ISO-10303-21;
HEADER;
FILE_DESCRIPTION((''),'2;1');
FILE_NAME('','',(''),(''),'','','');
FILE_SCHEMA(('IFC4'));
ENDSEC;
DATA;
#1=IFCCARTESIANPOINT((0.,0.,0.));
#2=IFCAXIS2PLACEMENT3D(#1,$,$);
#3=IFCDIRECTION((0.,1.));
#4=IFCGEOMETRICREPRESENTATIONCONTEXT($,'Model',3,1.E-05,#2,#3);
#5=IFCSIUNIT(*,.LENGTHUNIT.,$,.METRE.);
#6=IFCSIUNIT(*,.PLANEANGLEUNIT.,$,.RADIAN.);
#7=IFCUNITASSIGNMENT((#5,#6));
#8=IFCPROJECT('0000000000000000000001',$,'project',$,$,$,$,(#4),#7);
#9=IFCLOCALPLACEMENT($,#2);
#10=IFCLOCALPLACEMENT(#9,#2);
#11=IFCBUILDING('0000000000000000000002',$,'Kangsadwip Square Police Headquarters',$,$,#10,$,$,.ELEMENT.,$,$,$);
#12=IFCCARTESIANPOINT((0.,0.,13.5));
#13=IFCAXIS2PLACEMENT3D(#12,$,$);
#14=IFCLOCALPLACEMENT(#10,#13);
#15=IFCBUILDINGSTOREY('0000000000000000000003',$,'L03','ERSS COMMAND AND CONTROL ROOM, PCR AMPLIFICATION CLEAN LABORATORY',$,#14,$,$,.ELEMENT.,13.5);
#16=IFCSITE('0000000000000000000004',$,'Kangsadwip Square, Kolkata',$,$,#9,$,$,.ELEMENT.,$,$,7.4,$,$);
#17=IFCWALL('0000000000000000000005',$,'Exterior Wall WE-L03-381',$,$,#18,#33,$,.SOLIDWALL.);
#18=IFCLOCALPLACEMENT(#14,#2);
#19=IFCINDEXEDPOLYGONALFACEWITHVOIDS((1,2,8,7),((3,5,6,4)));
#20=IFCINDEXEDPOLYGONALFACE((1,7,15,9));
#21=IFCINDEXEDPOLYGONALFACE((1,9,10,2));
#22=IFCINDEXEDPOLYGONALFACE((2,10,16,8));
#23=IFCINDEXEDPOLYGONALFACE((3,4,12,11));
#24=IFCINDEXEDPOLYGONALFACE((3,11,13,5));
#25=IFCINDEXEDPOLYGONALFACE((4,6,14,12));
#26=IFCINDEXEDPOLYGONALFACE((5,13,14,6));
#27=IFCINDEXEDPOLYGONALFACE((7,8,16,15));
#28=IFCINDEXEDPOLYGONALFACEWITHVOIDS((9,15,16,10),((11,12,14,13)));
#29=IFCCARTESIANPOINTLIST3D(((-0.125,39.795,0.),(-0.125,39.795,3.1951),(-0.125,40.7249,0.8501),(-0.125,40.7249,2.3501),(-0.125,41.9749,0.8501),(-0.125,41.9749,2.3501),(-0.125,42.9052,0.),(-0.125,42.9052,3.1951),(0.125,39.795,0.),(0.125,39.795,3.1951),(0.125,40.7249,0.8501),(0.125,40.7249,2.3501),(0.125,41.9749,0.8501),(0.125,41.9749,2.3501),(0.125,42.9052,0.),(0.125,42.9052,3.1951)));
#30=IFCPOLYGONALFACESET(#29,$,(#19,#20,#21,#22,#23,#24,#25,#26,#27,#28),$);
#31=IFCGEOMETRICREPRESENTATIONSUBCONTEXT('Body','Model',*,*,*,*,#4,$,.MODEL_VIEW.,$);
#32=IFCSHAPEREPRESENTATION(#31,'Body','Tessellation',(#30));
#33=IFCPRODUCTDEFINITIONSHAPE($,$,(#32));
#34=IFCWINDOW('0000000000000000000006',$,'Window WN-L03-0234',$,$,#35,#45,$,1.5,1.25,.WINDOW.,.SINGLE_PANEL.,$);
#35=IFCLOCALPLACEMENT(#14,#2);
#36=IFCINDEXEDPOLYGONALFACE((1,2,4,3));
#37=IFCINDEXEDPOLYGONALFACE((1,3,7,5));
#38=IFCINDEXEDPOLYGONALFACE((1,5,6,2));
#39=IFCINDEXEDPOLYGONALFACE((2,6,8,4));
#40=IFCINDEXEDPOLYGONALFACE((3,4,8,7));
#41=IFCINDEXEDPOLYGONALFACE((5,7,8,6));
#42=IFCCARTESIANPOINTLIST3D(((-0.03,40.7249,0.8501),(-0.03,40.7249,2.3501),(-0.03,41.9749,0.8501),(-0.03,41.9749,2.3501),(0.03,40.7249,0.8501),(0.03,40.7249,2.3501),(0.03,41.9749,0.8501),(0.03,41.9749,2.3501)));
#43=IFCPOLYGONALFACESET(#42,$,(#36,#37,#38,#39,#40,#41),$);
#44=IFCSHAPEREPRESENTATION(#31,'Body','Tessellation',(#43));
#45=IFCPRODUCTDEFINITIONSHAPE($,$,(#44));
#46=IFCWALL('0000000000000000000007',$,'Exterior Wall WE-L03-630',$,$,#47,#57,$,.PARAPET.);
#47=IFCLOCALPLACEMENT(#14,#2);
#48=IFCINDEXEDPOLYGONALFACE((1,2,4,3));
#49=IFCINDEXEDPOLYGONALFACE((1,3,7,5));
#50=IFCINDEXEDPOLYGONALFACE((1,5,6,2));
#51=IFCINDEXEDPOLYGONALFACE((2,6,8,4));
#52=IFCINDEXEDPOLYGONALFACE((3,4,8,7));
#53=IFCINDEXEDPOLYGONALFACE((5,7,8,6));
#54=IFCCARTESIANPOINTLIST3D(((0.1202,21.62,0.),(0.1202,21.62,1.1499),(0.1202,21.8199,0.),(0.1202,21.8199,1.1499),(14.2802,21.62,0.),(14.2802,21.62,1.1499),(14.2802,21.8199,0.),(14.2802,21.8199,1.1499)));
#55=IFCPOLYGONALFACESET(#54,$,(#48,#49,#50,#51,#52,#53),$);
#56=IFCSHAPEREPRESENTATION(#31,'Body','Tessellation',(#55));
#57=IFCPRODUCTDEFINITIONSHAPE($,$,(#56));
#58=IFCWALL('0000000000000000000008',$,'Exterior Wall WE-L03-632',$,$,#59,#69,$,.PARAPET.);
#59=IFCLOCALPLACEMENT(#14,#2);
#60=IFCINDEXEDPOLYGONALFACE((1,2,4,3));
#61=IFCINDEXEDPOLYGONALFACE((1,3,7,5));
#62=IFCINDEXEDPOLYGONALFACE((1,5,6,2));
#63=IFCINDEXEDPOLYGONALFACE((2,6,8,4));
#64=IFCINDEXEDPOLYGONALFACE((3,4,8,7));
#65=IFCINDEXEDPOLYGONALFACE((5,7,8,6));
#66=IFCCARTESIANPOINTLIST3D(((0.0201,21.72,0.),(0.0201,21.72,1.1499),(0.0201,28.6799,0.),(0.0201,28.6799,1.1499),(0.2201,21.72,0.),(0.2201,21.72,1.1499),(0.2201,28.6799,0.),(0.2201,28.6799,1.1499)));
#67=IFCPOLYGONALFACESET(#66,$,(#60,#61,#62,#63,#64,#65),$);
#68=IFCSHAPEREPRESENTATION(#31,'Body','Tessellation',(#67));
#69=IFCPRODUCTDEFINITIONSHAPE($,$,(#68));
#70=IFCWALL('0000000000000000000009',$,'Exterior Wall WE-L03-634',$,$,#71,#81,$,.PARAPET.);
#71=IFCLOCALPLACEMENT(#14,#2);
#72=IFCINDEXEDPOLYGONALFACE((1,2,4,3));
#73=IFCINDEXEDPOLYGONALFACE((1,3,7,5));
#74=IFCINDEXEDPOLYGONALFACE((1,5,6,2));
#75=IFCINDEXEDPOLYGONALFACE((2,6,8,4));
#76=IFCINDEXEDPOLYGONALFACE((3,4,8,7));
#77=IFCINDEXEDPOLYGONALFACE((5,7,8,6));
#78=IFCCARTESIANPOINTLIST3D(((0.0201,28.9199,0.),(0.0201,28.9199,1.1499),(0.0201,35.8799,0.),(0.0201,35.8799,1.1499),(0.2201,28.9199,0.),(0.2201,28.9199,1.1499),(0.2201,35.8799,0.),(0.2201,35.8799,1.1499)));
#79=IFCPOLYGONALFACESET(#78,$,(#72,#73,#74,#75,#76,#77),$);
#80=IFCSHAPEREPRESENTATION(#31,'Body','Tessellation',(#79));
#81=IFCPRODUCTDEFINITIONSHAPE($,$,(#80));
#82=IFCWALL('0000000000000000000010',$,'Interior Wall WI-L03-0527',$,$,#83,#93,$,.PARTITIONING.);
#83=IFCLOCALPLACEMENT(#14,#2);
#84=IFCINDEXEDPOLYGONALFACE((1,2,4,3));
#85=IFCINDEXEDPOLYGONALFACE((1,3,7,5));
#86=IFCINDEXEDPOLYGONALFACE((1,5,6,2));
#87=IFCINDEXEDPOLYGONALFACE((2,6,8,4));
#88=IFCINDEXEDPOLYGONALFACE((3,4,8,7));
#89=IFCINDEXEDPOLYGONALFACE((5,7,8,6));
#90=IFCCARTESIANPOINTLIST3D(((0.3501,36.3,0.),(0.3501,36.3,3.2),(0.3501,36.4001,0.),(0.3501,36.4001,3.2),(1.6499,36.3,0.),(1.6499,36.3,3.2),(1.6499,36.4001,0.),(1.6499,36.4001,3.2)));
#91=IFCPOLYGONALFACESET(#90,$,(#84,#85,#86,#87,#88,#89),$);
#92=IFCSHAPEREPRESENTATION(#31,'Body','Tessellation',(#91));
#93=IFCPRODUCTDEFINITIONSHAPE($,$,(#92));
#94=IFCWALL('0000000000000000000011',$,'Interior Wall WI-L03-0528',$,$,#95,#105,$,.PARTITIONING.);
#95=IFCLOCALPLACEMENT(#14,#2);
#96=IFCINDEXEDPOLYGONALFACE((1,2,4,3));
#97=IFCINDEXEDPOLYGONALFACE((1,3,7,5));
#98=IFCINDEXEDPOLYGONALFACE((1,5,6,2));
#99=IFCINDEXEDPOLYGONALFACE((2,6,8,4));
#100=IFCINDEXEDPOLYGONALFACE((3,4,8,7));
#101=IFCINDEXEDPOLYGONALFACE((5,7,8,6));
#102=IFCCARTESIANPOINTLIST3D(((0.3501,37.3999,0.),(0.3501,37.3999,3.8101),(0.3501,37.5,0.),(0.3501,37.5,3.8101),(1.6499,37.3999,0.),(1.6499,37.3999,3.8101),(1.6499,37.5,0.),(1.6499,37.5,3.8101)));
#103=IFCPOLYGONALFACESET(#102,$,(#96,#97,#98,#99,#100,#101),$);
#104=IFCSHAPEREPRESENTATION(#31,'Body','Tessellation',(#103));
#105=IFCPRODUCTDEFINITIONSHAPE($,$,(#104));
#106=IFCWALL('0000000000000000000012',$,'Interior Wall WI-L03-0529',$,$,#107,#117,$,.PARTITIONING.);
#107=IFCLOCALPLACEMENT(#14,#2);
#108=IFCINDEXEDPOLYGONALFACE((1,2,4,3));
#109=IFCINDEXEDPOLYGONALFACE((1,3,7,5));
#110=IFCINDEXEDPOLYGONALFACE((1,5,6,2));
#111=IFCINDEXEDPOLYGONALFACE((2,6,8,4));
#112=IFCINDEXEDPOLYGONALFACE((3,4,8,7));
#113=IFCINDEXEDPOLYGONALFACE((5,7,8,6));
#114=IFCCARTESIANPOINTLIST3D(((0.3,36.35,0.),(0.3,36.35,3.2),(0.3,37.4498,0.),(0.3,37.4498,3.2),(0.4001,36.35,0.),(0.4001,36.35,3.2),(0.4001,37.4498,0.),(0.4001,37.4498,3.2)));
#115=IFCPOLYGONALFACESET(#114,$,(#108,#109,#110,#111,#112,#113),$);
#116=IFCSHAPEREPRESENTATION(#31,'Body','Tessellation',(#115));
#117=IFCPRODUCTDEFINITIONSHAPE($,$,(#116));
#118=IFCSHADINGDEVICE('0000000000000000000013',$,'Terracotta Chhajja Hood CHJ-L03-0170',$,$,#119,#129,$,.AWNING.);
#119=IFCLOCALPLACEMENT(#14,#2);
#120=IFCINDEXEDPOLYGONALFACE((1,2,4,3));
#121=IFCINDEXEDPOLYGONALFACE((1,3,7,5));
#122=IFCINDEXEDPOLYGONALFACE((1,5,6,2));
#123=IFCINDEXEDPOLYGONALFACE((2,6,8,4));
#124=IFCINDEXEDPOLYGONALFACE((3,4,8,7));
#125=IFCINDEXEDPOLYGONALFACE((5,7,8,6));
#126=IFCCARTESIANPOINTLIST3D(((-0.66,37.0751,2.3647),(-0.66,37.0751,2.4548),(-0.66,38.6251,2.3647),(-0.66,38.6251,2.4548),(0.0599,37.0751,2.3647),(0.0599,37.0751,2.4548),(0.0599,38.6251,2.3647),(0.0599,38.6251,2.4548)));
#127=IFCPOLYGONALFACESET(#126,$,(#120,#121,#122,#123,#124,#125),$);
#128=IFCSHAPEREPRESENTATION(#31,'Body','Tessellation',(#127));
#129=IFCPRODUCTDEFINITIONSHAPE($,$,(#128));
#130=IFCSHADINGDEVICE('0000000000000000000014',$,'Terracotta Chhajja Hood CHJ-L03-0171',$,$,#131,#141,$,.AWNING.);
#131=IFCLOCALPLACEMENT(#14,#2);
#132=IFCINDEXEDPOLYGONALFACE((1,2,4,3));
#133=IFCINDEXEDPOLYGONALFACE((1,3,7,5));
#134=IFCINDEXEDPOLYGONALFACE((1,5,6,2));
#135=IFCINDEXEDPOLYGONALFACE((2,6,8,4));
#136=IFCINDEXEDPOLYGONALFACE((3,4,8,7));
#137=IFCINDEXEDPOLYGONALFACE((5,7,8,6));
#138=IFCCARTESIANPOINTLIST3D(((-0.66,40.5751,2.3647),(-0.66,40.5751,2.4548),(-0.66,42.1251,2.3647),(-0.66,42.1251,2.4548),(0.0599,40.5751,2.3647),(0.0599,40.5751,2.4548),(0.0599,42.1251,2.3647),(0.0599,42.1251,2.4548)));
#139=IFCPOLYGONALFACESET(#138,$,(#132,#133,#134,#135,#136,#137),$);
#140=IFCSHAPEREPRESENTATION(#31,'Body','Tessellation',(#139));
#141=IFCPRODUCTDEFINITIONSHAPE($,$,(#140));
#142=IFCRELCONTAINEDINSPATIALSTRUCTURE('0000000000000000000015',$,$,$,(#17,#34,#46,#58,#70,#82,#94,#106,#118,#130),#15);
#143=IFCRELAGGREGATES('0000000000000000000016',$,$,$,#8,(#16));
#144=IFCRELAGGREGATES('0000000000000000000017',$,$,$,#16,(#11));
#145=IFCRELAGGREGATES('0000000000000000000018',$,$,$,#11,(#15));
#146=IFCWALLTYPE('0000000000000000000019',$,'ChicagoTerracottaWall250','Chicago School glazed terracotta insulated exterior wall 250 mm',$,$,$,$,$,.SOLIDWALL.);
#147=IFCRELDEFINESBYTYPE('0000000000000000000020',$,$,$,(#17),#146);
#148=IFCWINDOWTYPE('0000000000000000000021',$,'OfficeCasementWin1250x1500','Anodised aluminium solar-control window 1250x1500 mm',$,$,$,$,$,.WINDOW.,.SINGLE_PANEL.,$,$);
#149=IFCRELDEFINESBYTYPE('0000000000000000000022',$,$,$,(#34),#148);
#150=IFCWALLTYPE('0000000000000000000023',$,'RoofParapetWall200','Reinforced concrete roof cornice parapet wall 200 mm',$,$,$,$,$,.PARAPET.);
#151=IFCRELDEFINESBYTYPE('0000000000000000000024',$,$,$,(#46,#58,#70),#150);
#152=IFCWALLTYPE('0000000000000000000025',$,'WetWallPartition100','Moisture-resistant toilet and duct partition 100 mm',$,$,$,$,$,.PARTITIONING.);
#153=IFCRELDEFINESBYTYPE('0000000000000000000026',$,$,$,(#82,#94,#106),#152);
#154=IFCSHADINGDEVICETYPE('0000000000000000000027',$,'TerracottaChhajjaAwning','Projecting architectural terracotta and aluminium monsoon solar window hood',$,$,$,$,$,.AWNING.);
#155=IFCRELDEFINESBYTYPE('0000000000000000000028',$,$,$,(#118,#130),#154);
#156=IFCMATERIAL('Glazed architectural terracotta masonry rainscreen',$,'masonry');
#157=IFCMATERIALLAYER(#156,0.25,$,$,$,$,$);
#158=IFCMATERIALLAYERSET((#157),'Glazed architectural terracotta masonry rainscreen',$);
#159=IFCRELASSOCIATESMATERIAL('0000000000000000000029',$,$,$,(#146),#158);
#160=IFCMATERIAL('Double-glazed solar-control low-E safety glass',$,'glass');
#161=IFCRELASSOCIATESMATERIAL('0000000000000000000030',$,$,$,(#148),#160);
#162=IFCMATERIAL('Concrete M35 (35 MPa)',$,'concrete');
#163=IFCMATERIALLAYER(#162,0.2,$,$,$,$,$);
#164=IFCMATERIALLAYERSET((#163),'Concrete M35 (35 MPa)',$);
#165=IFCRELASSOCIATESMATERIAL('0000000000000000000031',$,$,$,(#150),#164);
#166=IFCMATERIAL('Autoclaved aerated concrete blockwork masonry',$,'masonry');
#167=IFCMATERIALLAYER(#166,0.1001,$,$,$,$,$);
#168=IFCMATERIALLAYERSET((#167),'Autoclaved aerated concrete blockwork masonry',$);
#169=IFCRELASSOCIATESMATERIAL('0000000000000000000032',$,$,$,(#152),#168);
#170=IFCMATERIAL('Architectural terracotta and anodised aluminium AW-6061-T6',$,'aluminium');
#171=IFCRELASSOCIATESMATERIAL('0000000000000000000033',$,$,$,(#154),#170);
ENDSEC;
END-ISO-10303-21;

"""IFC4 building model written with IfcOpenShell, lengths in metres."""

from ifc_helpers import new_model, si_unit, direction, frame, frame_2d, origin, origin_2d, place, context, subcontext, project, spatial, rectangle, extrude, material, layer, layer_set, type_object, element, fill, save


model = new_model("IFC4")

# Units and contexts
model_context = context("Model", 3, precision=1e-05, world=origin(), true_north=direction((0.0, 1.0)))
body_context = subcontext(model_context, "Body", "Model", "MODEL_VIEW")
ifc_project = project(units=[si_unit("LENGTHUNIT", "METRE"), si_unit("PLANEANGLEUNIT", "RADIAN")], contexts=[model_context])

# Site, building, storey
site_placement = place(None, origin())
site = spatial("IfcSite", under=ifc_project, at=site_placement, Name="Kangsadwip Square, Kolkata", CompositionType="ELEMENT", RefElevation=7.4)
building_placement = place(site_placement, origin())
building = spatial("IfcBuilding", under=site, at=building_placement, Name="Kangsadwip Square Police Headquarters", CompositionType="ELEMENT")
storey_placement = place(building_placement, frame((0.0, 0.0, 13.5)))
storey = spatial("IfcBuildingStorey", under=building, at=storey_placement, Name="L03", Description="ERSS COMMAND AND CONTROL ROOM, PCR AMPLIFICATION CLEAN LABORATORY", CompositionType="ELEMENT", Elevation=13.5)

# Wall, opening, window
ifc_material_1 = material(Name="Glazed architectural terracotta masonry rainscreen", Category="masonry")
ifc_layer_1 = layer(ifc_material_1, 0.25)
ifc_layer_set_1 = layer_set([ifc_layer_1], Name="Glazed architectural terracotta masonry rainscreen")
wall_type_1 = type_object("IfcWallType", Name="ChicagoTerracottaWall250", Description="Chicago School glazed terracotta insulated exterior wall 250 mm", PredefinedType="SOLIDWALL", material=ifc_layer_set_1)
ifc_material_2 = material(Name="Double-glazed solar-control low-E safety glass", Category="glass")
window_type_1 = type_object("IfcWindowType", Name="OfficeCasementWin1250x1500", Description="Anodised aluminium solar-control window 1250x1500 mm", PartitioningType="SINGLE_PANEL", PredefinedType="WINDOW", material=ifc_material_2)
wall_1_placement = place(storey_placement, frame((0.0, 39.7949, 0.0), z_axis=(0.0, 0.0, 1.0), x_axis=(0.0, 1.0, 0.0)))
wall_1 = element("IfcWall", 1, at=wall_1_placement, inside=storey, type_object=wall_type_1, Name="Exterior Wall WE-L03-381", PredefinedType="SOLIDWALL", context=body_context, shape_type="SweptSolid", body=[
    extrude(rectangle(XDim=3.1101, YDim=0.25, at=frame_2d((1.5552, 0.0))), origin(), (0.0, 0.0, 1.0), 3.1951),
])
opening_1_placement = place(wall_1_placement, frame((0.9299, 0.0, 0.8501)))
opening_1 = element("IfcOpeningElement", 2, at=opening_1_placement, cuts=wall_1, PredefinedType="OPENING", context=body_context, shape_type="SweptSolid", body=[
    extrude(rectangle(XDim=1.25, YDim=1.5, at=frame_2d((0.625, 0.75))), frame((0.0, 0.135, 0.0), z_axis=(0.0, -1.0, 0.0), x_axis=(1.0, 0.0, 0.0)), (0.0, 0.0, 1.0), 0.27),
])
window_1_placement = place(opening_1_placement, origin())
window_1 = element("IfcWindow", 3, at=window_1_placement, inside=storey, type_object=window_type_1, Name="Window WN-L03-0234", OverallHeight=1.5, OverallWidth=1.25, PartitioningType="SINGLE_PANEL", PredefinedType="WINDOW", context=body_context, shape_type="SweptSolid", body=[
    extrude(rectangle(XDim=1.25, YDim=1.5, at=frame_2d((0.625, 0.75))), frame((0.0, 0.03, 0.0), z_axis=(0.0, -1.0, 0.0), x_axis=(1.0, 0.0, 0.0)), (0.0, 0.0, 1.0), 0.0601),
])
fill(opening_1, window_1)

# Walls
ifc_material_3 = material(Name="Concrete M35 (35 MPa)", Category="concrete")
ifc_layer_2 = layer(ifc_material_3, 0.2)
ifc_layer_set_2 = layer_set([ifc_layer_2], Name="Concrete M35 (35 MPa)")
wall_type_2 = type_object("IfcWallType", Name="RoofParapetWall200", Description="Reinforced concrete roof cornice parapet wall 200 mm", PredefinedType="PARAPET", material=ifc_layer_set_2)
wall_2_placement = place(storey_placement, frame((0.1201, 21.72, 0.0), z_axis=(0.0, 0.0, 1.0), x_axis=(1.0, 0.0, 0.0)))
element("IfcWall", 4, at=wall_2_placement, inside=storey, type_object=wall_type_2, Name="Exterior Wall WE-L03-630", PredefinedType="PARAPET", context=body_context, shape_type="SweptSolid", body=[
    extrude(rectangle(XDim=14.1599, YDim=0.2, at=frame_2d((7.0801, 0.0))), origin(), (0.0, 0.0, 1.0), 1.1499),
])
for number, where, z_axis, x_axis, name in (
    (5, (0.1201, 21.72, 0.0), (0.0, 0.0, 1.0), (0.0, 1.0, 0.0), "Exterior Wall WE-L03-632"),
    (6, (0.1201, 28.9199, 0.0), (0.0, 0.0, 1.0), (0.0, 1.0, 0.0), "Exterior Wall WE-L03-634"),
):
    element("IfcWall", number, at=place(storey_placement, frame(where, z_axis=z_axis, x_axis=x_axis)), inside=storey, type_object=wall_type_2, Name=name, PredefinedType="PARAPET", context=body_context, shape_type="SweptSolid", body=[
        extrude(rectangle(XDim=6.96, YDim=0.2, at=frame_2d((3.48, 0.0))), origin(), (0.0, 0.0, 1.0), 1.1499),
    ])
ifc_material_4 = material(Name="Autoclaved aerated concrete blockwork masonry", Category="masonry")
ifc_layer_3 = layer(ifc_material_4, 0.1001)
ifc_layer_set_3 = layer_set([ifc_layer_3], Name="Autoclaved aerated concrete blockwork masonry")
wall_type_3 = type_object("IfcWallType", Name="WetWallPartition100", Description="Moisture-resistant toilet and duct partition 100 mm", PredefinedType="PARTITIONING", material=ifc_layer_set_3)
wall_3_placement = place(storey_placement, frame((0.3501, 36.3501, 0.0), z_axis=(0.0, 0.0, 1.0), x_axis=(1.0, 0.0, 0.0)))
element("IfcWall", 7, at=wall_3_placement, inside=storey, type_object=wall_type_3, Name="Interior Wall WI-L03-0527", PredefinedType="PARTITIONING", context=body_context, shape_type="SweptSolid", body=[
    extrude(rectangle(XDim=1.2998, YDim=0.1001, at=frame_2d((0.6499, 0.0))), origin(), (0.0, 0.0, 1.0), 3.2),
])
wall_4_placement = place(storey_placement, frame((0.3501, 37.45, 0.0), z_axis=(0.0, 0.0, 1.0), x_axis=(1.0, 0.0, 0.0)))
element("IfcWall", 8, at=wall_4_placement, inside=storey, type_object=wall_type_3, Name="Interior Wall WI-L03-0528", PredefinedType="PARTITIONING", context=body_context, shape_type="SweptSolid", body=[
    extrude(rectangle(XDim=1.2998, YDim=0.1001, at=frame_2d((0.6499, 0.0))), origin(), (0.0, 0.0, 1.0), 3.8101),
])
wall_5_placement = place(storey_placement, frame((0.3501, 36.3501, 0.0), z_axis=(0.0, 0.0, 1.0), x_axis=(0.0, 1.0, 0.0)))
element("IfcWall", 9, at=wall_5_placement, inside=storey, type_object=wall_type_3, Name="Interior Wall WI-L03-0529", PredefinedType="PARTITIONING", context=body_context, shape_type="SweptSolid", body=[
    extrude(rectangle(XDim=1.0999, YDim=0.1001, at=frame_2d((0.5498, 0.0))), origin(), (0.0, 0.0, 1.0), 3.2),
])

# Shading devices
ifc_material_5 = material(Name="Architectural terracotta and anodised aluminium AW-6061-T6", Category="aluminium")
shading_device_type = type_object("IfcShadingDeviceType", Name="TerracottaChhajjaAwning", Description="Projecting architectural terracotta and aluminium monsoon solar window hood", PredefinedType="AWNING", material=ifc_material_5)
for number, where, z_axis, x_axis, name in (
    (10, (-0.3, 37.8501, 2.3647), (0.0, 0.0, 1.0), (0.0, 1.0, 0.0), "Terracotta Chhajja Hood CHJ-L03-0170"),
    (11, (-0.3, 41.3501, 2.3647), (0.0, 0.0, 1.0), (0.0, 1.0, 0.0), "Terracotta Chhajja Hood CHJ-L03-0171"),
):
    element("IfcShadingDevice", number, at=place(storey_placement, frame(where, z_axis=z_axis, x_axis=x_axis)), inside=storey, type_object=shading_device_type, Name=name, PredefinedType="AWNING", context=body_context, shape_type="SweptSolid", body=[
        extrude(rectangle(XDim=1.55, YDim=0.72, at=origin_2d()), origin(), (0.0, 0.0, 1.0), 0.0901),
    ])

save(model, "model.ifc")
